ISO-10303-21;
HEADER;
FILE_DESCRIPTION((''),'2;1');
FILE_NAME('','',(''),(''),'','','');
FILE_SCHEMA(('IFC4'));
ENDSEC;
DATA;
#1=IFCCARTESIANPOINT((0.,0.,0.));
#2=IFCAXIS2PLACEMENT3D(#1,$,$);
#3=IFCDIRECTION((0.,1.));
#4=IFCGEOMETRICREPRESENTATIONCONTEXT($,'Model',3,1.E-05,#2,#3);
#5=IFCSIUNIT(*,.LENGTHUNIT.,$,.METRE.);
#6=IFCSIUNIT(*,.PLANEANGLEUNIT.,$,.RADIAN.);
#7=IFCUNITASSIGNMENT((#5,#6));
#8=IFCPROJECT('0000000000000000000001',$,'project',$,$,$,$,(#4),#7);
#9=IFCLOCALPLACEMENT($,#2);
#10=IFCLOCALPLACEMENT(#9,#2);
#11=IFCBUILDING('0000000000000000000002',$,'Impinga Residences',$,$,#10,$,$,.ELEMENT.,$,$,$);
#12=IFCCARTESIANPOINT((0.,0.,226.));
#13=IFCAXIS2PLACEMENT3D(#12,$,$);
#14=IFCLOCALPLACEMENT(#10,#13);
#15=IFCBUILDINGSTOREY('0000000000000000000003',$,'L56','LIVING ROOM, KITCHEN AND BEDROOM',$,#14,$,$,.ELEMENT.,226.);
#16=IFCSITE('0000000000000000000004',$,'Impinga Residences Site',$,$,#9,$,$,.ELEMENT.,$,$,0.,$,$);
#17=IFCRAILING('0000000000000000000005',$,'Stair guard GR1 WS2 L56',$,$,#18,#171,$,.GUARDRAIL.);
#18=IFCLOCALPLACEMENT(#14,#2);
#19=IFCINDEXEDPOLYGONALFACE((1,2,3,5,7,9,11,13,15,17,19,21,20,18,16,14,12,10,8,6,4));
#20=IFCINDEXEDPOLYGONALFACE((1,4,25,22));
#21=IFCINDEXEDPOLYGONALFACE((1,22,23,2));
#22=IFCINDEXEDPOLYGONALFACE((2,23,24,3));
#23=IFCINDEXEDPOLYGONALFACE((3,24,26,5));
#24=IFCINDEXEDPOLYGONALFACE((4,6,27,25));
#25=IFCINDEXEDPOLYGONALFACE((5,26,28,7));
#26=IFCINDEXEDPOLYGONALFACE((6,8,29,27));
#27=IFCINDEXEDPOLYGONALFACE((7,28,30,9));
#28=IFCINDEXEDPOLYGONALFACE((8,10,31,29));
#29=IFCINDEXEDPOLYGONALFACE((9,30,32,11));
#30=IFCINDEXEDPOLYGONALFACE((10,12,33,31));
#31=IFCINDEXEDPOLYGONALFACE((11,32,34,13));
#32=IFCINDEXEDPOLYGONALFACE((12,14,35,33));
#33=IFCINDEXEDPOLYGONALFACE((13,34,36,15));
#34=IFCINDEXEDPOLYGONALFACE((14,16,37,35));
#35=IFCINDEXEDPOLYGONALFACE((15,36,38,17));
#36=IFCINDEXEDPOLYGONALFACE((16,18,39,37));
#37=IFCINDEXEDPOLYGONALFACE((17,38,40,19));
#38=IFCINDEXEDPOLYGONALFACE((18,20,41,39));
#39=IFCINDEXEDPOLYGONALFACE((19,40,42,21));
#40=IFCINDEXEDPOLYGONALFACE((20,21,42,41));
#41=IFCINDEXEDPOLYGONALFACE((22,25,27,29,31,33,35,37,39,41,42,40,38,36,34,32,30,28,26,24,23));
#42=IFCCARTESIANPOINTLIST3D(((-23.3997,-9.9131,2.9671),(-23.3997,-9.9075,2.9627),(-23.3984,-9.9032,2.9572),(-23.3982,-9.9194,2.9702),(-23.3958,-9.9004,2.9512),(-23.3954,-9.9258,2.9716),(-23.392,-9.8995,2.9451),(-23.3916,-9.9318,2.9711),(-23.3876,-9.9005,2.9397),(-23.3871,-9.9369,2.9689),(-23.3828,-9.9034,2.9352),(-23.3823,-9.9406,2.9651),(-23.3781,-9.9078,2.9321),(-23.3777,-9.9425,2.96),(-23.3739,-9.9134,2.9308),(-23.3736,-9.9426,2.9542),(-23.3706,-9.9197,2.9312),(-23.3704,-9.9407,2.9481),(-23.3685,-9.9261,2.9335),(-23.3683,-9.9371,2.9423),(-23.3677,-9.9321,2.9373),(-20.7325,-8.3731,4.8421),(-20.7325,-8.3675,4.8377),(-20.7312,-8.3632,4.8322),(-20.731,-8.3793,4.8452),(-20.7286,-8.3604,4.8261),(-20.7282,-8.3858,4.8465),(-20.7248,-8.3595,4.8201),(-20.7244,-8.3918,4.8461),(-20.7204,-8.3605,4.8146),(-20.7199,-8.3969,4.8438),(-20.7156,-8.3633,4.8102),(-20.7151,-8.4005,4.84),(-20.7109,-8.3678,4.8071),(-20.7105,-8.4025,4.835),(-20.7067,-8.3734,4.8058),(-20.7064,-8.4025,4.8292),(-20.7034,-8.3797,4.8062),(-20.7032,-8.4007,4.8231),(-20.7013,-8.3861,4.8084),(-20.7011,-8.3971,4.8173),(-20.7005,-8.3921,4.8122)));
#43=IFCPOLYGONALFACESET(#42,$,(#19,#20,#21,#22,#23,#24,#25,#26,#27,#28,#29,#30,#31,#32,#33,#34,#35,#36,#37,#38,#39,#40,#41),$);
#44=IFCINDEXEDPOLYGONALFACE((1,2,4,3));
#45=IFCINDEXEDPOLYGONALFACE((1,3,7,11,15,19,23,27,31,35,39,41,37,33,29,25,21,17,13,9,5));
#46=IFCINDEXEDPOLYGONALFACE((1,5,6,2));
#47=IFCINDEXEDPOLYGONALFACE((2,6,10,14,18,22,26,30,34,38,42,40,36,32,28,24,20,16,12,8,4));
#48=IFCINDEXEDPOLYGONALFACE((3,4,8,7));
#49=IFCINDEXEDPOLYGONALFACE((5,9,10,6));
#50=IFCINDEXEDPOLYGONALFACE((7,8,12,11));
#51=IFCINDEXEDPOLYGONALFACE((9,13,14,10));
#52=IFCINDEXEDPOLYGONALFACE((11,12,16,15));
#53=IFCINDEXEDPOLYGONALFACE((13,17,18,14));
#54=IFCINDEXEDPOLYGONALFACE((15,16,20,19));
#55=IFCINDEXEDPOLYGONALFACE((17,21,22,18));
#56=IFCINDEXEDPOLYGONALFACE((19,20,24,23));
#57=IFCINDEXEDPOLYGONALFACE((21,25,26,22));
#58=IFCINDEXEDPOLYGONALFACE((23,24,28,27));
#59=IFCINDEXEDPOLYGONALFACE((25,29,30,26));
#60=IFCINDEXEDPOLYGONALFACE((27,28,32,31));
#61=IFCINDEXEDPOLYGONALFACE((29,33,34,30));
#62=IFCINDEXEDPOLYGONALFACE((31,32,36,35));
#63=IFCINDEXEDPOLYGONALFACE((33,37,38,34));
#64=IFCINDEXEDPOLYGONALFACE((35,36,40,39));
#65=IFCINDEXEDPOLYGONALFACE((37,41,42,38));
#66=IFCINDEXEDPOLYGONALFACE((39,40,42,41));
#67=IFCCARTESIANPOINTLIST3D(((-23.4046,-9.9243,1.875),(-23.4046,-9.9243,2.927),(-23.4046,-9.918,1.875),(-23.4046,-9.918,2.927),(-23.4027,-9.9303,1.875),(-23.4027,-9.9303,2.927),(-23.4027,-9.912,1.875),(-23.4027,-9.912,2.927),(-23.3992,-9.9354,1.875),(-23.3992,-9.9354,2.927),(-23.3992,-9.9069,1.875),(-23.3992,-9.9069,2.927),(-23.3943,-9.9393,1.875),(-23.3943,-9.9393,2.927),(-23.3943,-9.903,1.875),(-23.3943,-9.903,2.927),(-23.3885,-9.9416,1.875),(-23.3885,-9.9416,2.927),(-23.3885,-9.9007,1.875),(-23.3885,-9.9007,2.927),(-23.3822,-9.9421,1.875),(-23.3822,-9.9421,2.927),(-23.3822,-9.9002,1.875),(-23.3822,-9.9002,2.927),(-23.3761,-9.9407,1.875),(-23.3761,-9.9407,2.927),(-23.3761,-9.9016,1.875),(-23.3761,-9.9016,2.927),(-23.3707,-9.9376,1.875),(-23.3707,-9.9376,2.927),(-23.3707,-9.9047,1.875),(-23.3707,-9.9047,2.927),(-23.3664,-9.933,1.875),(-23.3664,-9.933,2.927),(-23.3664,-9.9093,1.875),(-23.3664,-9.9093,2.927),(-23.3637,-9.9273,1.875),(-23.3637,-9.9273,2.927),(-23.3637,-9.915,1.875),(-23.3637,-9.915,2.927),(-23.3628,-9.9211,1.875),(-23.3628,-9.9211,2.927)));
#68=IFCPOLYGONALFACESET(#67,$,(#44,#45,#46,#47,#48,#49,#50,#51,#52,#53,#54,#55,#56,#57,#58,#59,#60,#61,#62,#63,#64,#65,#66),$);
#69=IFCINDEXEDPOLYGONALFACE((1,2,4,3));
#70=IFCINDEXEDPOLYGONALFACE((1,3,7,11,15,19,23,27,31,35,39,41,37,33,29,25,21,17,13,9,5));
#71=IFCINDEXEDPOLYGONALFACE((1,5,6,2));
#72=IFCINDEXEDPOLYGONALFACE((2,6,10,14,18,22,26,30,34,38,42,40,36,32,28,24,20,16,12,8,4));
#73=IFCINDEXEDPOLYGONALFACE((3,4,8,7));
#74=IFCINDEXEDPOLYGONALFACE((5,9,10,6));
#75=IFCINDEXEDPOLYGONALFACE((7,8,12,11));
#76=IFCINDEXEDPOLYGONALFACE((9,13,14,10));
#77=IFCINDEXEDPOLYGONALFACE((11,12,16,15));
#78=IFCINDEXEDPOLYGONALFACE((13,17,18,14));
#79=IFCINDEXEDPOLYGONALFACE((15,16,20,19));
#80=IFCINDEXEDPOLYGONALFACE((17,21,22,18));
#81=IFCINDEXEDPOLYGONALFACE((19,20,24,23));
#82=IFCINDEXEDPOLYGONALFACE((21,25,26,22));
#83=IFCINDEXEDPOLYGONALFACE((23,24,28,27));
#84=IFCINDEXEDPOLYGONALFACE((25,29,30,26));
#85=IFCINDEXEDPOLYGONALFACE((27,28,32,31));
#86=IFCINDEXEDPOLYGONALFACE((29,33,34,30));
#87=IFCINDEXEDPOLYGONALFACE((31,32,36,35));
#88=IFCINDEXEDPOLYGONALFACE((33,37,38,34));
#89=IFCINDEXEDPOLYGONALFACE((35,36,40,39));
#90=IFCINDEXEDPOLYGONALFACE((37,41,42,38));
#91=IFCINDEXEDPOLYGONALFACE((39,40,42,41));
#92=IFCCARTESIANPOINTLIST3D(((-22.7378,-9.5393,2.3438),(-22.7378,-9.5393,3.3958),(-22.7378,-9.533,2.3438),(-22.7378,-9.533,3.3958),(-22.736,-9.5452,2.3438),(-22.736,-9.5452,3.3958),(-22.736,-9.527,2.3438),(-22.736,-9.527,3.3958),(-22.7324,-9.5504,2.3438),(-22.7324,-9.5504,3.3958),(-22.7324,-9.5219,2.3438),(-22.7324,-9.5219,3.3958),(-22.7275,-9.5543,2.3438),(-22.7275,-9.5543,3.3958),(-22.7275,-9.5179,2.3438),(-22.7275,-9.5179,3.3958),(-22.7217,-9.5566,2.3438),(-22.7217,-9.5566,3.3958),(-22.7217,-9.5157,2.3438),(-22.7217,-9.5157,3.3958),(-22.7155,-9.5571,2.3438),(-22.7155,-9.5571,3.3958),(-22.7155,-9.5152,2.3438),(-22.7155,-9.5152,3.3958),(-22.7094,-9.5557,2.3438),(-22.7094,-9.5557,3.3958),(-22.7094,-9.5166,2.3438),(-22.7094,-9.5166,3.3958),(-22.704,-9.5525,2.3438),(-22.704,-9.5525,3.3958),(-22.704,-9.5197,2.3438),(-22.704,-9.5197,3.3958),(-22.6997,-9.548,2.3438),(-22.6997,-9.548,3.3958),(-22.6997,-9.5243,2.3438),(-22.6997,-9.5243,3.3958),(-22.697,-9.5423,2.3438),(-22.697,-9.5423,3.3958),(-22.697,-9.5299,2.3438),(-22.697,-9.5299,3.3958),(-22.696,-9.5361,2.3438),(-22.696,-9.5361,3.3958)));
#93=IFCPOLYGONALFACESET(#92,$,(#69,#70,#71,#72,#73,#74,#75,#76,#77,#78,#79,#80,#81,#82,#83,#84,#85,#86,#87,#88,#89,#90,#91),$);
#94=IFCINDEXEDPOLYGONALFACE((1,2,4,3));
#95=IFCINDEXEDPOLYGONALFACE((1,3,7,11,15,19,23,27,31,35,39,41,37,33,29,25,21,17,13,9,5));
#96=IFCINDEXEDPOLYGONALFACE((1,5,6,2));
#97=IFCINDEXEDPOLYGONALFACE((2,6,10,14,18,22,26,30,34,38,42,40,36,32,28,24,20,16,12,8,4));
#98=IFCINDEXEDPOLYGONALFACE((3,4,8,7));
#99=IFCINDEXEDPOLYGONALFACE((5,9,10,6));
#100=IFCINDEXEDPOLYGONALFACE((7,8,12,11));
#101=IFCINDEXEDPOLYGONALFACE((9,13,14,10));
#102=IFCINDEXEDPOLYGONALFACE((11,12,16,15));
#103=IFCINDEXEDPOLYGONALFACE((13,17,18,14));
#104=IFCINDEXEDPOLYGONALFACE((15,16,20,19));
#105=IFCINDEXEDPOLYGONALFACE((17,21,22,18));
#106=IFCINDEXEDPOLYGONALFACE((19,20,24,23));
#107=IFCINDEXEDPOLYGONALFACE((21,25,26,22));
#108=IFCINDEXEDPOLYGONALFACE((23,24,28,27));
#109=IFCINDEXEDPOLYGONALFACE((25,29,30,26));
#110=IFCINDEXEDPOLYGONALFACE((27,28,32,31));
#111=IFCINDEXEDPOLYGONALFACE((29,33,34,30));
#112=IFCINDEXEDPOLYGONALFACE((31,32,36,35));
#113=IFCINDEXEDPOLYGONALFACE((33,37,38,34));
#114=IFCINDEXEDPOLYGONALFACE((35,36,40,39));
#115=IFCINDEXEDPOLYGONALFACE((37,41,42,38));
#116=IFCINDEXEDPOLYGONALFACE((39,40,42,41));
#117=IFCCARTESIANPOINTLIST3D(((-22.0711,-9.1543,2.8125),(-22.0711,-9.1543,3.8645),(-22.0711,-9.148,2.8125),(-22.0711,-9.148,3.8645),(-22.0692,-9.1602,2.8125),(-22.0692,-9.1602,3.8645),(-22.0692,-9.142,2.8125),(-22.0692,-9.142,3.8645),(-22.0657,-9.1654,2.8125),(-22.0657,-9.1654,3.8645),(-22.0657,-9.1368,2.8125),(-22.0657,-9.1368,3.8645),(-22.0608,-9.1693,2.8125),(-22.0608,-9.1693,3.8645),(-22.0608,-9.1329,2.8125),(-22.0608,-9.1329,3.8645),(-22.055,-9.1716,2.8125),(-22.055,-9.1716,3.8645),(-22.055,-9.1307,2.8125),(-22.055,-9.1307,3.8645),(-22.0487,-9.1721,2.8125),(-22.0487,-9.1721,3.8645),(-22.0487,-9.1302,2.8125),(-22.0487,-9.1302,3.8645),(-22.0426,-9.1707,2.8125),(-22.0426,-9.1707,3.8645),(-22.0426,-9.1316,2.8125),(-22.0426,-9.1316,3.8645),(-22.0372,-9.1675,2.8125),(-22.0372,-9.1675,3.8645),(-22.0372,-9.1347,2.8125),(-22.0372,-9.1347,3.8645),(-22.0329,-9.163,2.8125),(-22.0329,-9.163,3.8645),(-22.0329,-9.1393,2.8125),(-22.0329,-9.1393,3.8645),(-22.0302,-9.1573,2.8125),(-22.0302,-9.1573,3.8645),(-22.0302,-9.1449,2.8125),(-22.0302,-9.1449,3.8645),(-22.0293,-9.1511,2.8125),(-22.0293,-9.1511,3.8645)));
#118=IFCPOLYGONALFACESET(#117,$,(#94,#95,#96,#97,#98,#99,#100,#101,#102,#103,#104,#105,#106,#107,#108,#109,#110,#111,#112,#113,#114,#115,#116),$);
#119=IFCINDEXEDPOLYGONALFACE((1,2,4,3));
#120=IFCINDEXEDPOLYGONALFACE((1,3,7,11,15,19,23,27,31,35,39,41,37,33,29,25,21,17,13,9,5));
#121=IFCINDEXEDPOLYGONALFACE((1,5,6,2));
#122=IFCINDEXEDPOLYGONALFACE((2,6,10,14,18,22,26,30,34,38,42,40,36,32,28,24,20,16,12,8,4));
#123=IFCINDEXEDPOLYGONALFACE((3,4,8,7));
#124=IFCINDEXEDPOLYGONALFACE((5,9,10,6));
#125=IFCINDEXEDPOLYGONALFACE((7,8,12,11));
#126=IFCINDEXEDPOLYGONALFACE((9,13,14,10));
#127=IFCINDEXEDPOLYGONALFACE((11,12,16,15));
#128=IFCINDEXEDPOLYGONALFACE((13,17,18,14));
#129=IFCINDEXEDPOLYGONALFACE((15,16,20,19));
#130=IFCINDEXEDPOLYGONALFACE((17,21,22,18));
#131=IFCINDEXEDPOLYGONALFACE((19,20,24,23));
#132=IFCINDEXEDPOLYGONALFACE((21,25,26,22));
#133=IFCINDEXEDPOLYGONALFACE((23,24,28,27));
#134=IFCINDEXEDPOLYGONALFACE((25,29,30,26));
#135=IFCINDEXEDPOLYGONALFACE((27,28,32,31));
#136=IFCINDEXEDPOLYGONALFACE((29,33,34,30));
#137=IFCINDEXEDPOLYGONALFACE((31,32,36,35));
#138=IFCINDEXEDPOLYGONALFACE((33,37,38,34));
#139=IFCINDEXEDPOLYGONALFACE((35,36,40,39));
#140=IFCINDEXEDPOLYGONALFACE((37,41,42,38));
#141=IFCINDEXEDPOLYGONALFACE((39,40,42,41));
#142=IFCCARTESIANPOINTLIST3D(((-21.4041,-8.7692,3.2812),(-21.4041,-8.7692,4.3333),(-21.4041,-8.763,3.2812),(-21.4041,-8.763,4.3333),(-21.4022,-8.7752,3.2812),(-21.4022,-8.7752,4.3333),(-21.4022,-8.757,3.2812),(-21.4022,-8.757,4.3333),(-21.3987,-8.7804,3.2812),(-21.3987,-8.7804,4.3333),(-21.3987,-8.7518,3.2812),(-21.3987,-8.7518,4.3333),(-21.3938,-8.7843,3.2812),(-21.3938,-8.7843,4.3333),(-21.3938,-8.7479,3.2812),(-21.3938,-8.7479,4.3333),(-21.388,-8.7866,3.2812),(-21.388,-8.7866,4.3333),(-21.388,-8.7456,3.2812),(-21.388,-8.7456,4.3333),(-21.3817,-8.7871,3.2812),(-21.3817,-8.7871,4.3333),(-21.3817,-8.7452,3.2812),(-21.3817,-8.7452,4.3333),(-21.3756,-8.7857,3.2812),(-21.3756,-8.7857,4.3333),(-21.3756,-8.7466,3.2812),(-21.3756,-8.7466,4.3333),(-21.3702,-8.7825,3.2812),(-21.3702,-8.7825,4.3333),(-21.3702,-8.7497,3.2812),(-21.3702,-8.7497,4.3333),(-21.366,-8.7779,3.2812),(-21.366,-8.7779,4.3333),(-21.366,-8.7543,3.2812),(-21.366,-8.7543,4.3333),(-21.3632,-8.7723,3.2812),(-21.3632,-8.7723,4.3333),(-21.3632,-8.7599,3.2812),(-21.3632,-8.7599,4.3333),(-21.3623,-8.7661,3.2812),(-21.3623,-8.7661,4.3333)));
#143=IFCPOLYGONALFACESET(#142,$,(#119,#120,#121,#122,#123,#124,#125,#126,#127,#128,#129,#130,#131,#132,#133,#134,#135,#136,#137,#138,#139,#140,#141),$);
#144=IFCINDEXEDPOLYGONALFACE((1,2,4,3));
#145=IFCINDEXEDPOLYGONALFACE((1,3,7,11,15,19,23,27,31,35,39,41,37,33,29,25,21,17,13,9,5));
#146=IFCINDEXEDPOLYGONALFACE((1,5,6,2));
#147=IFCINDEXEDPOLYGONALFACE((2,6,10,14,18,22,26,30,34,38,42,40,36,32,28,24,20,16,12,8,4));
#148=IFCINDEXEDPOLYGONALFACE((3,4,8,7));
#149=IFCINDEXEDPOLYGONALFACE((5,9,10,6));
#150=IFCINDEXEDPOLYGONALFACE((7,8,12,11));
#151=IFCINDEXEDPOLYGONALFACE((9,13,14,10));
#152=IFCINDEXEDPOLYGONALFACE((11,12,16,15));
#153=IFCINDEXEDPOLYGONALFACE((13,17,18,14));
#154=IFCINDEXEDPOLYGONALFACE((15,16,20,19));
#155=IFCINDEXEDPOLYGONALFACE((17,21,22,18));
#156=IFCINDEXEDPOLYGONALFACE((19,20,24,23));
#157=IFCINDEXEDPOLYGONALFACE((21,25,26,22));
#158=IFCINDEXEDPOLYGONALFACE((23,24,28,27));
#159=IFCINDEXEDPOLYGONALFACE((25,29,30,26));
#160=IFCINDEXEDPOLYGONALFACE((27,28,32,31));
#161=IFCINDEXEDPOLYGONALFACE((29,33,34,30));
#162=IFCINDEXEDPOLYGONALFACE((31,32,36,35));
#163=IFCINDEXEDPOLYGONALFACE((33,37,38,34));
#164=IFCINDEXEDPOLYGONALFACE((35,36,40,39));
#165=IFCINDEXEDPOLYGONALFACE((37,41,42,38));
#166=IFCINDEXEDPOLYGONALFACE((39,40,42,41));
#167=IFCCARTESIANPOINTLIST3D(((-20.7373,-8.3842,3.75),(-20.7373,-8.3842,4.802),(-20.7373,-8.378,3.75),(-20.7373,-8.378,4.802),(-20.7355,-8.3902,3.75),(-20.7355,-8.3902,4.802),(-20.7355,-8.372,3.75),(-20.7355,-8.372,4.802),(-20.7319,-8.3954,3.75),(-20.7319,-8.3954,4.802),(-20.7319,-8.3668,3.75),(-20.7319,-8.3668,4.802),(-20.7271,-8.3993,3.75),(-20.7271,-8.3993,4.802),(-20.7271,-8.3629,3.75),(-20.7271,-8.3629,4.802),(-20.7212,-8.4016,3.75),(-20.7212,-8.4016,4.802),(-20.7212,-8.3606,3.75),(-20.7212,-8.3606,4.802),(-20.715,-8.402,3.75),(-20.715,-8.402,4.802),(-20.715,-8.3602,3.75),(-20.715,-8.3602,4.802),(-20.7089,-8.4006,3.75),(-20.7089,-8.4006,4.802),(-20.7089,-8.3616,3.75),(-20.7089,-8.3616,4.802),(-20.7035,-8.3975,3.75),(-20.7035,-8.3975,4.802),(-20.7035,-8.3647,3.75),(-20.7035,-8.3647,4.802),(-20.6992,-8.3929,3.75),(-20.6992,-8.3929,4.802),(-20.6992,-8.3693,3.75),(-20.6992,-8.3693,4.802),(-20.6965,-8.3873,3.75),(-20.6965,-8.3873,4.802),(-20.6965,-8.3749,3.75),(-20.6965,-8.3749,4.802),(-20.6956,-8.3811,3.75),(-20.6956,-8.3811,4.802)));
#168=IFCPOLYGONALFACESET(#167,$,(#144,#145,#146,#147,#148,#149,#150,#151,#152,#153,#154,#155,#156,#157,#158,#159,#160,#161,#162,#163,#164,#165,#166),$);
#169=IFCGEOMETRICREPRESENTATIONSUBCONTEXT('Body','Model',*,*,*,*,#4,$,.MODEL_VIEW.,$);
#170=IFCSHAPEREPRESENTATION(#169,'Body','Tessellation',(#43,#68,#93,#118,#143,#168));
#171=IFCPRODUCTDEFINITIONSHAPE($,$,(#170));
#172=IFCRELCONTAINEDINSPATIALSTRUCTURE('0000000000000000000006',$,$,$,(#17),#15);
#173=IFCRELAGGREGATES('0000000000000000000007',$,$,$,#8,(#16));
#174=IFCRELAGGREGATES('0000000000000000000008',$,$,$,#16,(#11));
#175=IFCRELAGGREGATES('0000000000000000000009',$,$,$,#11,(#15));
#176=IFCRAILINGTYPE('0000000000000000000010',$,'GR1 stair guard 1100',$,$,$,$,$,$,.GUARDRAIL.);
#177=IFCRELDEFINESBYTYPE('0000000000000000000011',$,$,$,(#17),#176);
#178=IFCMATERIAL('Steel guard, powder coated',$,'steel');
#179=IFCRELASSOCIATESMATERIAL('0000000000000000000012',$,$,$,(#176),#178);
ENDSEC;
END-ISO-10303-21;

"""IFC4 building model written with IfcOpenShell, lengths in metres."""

from ifc_helpers import new_model, si_unit, direction, frame, origin, origin_2d, place, context, subcontext, project, spatial, circle, extrude, material, type_object, element, save


model = new_model("IFC4")

# Units and contexts
model_context = context("Model", 3, precision=1e-05, world=origin(), true_north=direction((0.0, 1.0)))
body_context = subcontext(model_context, "Body", "Model", "MODEL_VIEW")
ifc_project = project(units=[si_unit("LENGTHUNIT", "METRE"), si_unit("PLANEANGLEUNIT", "RADIAN")], contexts=[model_context])

# Site, building, storey
site_placement = place(None, origin())
site = spatial("IfcSite", under=ifc_project, at=site_placement, Name="Impinga Residences Site", CompositionType="ELEMENT", RefElevation=0.0)
building_placement = place(site_placement, origin())
building = spatial("IfcBuilding", under=site, at=building_placement, Name="Impinga Residences", CompositionType="ELEMENT")
storey_placement = place(building_placement, frame((0.0, 0.0, 226.0)))
storey = spatial("IfcBuildingStorey", under=building, at=storey_placement, Name="L56", Description="LIVING ROOM, KITCHEN AND BEDROOM", CompositionType="ELEMENT", Elevation=226.0)

# Railing
ifc_material_1 = material(Name="Steel guard, powder coated", Category="steel")
railing_type_1 = type_object("IfcRailingType", Name="GR1 stair guard 1100", PredefinedType="GUARDRAIL", material=ifc_material_1)
railing_1_placement = place(storey_placement, frame((-23.3838, -9.9211, 1.875)))
element("IfcRailing", 1, at=railing_1_placement, inside=storey, type_object=railing_type_1, Name="Stair guard GR1 WS2 L56", PredefinedType="GUARDRAIL", context=body_context, shape_type="SweptSolid", body=[
    extrude(circle(Radius=0.0239, at=origin_2d()), frame((0.0, 0.0, 1.0762), z_axis=(0.739716, 0.427105, 0.520002), x_axis=(-0.500027, 0.86601, 0.0)), (0.0, 0.0, 1.0), 3.6057),
    extrude(circle(Radius=0.021, at=origin_2d()), origin(), (0.0, 0.0, 1.0), 1.052),
    extrude(circle(Radius=0.021, at=origin_2d()), frame((0.6667, 0.385, 0.4688)), (0.0, 0.0, 1.0), 1.052),
    extrude(circle(Radius=0.021, at=origin_2d()), frame((1.3335, 0.77, 0.9375)), (0.0, 0.0, 1.0), 1.052),
    extrude(circle(Radius=0.021, at=origin_2d()), frame((2.0005, 1.155, 1.4062)), (0.0, 0.0, 1.0), 1.052),
    extrude(circle(Radius=0.021, at=origin_2d()), frame((2.6672, 1.54, 1.875)), (0.0, 0.0, 1.0), 1.052),
])

save(model, "model.ifc")
